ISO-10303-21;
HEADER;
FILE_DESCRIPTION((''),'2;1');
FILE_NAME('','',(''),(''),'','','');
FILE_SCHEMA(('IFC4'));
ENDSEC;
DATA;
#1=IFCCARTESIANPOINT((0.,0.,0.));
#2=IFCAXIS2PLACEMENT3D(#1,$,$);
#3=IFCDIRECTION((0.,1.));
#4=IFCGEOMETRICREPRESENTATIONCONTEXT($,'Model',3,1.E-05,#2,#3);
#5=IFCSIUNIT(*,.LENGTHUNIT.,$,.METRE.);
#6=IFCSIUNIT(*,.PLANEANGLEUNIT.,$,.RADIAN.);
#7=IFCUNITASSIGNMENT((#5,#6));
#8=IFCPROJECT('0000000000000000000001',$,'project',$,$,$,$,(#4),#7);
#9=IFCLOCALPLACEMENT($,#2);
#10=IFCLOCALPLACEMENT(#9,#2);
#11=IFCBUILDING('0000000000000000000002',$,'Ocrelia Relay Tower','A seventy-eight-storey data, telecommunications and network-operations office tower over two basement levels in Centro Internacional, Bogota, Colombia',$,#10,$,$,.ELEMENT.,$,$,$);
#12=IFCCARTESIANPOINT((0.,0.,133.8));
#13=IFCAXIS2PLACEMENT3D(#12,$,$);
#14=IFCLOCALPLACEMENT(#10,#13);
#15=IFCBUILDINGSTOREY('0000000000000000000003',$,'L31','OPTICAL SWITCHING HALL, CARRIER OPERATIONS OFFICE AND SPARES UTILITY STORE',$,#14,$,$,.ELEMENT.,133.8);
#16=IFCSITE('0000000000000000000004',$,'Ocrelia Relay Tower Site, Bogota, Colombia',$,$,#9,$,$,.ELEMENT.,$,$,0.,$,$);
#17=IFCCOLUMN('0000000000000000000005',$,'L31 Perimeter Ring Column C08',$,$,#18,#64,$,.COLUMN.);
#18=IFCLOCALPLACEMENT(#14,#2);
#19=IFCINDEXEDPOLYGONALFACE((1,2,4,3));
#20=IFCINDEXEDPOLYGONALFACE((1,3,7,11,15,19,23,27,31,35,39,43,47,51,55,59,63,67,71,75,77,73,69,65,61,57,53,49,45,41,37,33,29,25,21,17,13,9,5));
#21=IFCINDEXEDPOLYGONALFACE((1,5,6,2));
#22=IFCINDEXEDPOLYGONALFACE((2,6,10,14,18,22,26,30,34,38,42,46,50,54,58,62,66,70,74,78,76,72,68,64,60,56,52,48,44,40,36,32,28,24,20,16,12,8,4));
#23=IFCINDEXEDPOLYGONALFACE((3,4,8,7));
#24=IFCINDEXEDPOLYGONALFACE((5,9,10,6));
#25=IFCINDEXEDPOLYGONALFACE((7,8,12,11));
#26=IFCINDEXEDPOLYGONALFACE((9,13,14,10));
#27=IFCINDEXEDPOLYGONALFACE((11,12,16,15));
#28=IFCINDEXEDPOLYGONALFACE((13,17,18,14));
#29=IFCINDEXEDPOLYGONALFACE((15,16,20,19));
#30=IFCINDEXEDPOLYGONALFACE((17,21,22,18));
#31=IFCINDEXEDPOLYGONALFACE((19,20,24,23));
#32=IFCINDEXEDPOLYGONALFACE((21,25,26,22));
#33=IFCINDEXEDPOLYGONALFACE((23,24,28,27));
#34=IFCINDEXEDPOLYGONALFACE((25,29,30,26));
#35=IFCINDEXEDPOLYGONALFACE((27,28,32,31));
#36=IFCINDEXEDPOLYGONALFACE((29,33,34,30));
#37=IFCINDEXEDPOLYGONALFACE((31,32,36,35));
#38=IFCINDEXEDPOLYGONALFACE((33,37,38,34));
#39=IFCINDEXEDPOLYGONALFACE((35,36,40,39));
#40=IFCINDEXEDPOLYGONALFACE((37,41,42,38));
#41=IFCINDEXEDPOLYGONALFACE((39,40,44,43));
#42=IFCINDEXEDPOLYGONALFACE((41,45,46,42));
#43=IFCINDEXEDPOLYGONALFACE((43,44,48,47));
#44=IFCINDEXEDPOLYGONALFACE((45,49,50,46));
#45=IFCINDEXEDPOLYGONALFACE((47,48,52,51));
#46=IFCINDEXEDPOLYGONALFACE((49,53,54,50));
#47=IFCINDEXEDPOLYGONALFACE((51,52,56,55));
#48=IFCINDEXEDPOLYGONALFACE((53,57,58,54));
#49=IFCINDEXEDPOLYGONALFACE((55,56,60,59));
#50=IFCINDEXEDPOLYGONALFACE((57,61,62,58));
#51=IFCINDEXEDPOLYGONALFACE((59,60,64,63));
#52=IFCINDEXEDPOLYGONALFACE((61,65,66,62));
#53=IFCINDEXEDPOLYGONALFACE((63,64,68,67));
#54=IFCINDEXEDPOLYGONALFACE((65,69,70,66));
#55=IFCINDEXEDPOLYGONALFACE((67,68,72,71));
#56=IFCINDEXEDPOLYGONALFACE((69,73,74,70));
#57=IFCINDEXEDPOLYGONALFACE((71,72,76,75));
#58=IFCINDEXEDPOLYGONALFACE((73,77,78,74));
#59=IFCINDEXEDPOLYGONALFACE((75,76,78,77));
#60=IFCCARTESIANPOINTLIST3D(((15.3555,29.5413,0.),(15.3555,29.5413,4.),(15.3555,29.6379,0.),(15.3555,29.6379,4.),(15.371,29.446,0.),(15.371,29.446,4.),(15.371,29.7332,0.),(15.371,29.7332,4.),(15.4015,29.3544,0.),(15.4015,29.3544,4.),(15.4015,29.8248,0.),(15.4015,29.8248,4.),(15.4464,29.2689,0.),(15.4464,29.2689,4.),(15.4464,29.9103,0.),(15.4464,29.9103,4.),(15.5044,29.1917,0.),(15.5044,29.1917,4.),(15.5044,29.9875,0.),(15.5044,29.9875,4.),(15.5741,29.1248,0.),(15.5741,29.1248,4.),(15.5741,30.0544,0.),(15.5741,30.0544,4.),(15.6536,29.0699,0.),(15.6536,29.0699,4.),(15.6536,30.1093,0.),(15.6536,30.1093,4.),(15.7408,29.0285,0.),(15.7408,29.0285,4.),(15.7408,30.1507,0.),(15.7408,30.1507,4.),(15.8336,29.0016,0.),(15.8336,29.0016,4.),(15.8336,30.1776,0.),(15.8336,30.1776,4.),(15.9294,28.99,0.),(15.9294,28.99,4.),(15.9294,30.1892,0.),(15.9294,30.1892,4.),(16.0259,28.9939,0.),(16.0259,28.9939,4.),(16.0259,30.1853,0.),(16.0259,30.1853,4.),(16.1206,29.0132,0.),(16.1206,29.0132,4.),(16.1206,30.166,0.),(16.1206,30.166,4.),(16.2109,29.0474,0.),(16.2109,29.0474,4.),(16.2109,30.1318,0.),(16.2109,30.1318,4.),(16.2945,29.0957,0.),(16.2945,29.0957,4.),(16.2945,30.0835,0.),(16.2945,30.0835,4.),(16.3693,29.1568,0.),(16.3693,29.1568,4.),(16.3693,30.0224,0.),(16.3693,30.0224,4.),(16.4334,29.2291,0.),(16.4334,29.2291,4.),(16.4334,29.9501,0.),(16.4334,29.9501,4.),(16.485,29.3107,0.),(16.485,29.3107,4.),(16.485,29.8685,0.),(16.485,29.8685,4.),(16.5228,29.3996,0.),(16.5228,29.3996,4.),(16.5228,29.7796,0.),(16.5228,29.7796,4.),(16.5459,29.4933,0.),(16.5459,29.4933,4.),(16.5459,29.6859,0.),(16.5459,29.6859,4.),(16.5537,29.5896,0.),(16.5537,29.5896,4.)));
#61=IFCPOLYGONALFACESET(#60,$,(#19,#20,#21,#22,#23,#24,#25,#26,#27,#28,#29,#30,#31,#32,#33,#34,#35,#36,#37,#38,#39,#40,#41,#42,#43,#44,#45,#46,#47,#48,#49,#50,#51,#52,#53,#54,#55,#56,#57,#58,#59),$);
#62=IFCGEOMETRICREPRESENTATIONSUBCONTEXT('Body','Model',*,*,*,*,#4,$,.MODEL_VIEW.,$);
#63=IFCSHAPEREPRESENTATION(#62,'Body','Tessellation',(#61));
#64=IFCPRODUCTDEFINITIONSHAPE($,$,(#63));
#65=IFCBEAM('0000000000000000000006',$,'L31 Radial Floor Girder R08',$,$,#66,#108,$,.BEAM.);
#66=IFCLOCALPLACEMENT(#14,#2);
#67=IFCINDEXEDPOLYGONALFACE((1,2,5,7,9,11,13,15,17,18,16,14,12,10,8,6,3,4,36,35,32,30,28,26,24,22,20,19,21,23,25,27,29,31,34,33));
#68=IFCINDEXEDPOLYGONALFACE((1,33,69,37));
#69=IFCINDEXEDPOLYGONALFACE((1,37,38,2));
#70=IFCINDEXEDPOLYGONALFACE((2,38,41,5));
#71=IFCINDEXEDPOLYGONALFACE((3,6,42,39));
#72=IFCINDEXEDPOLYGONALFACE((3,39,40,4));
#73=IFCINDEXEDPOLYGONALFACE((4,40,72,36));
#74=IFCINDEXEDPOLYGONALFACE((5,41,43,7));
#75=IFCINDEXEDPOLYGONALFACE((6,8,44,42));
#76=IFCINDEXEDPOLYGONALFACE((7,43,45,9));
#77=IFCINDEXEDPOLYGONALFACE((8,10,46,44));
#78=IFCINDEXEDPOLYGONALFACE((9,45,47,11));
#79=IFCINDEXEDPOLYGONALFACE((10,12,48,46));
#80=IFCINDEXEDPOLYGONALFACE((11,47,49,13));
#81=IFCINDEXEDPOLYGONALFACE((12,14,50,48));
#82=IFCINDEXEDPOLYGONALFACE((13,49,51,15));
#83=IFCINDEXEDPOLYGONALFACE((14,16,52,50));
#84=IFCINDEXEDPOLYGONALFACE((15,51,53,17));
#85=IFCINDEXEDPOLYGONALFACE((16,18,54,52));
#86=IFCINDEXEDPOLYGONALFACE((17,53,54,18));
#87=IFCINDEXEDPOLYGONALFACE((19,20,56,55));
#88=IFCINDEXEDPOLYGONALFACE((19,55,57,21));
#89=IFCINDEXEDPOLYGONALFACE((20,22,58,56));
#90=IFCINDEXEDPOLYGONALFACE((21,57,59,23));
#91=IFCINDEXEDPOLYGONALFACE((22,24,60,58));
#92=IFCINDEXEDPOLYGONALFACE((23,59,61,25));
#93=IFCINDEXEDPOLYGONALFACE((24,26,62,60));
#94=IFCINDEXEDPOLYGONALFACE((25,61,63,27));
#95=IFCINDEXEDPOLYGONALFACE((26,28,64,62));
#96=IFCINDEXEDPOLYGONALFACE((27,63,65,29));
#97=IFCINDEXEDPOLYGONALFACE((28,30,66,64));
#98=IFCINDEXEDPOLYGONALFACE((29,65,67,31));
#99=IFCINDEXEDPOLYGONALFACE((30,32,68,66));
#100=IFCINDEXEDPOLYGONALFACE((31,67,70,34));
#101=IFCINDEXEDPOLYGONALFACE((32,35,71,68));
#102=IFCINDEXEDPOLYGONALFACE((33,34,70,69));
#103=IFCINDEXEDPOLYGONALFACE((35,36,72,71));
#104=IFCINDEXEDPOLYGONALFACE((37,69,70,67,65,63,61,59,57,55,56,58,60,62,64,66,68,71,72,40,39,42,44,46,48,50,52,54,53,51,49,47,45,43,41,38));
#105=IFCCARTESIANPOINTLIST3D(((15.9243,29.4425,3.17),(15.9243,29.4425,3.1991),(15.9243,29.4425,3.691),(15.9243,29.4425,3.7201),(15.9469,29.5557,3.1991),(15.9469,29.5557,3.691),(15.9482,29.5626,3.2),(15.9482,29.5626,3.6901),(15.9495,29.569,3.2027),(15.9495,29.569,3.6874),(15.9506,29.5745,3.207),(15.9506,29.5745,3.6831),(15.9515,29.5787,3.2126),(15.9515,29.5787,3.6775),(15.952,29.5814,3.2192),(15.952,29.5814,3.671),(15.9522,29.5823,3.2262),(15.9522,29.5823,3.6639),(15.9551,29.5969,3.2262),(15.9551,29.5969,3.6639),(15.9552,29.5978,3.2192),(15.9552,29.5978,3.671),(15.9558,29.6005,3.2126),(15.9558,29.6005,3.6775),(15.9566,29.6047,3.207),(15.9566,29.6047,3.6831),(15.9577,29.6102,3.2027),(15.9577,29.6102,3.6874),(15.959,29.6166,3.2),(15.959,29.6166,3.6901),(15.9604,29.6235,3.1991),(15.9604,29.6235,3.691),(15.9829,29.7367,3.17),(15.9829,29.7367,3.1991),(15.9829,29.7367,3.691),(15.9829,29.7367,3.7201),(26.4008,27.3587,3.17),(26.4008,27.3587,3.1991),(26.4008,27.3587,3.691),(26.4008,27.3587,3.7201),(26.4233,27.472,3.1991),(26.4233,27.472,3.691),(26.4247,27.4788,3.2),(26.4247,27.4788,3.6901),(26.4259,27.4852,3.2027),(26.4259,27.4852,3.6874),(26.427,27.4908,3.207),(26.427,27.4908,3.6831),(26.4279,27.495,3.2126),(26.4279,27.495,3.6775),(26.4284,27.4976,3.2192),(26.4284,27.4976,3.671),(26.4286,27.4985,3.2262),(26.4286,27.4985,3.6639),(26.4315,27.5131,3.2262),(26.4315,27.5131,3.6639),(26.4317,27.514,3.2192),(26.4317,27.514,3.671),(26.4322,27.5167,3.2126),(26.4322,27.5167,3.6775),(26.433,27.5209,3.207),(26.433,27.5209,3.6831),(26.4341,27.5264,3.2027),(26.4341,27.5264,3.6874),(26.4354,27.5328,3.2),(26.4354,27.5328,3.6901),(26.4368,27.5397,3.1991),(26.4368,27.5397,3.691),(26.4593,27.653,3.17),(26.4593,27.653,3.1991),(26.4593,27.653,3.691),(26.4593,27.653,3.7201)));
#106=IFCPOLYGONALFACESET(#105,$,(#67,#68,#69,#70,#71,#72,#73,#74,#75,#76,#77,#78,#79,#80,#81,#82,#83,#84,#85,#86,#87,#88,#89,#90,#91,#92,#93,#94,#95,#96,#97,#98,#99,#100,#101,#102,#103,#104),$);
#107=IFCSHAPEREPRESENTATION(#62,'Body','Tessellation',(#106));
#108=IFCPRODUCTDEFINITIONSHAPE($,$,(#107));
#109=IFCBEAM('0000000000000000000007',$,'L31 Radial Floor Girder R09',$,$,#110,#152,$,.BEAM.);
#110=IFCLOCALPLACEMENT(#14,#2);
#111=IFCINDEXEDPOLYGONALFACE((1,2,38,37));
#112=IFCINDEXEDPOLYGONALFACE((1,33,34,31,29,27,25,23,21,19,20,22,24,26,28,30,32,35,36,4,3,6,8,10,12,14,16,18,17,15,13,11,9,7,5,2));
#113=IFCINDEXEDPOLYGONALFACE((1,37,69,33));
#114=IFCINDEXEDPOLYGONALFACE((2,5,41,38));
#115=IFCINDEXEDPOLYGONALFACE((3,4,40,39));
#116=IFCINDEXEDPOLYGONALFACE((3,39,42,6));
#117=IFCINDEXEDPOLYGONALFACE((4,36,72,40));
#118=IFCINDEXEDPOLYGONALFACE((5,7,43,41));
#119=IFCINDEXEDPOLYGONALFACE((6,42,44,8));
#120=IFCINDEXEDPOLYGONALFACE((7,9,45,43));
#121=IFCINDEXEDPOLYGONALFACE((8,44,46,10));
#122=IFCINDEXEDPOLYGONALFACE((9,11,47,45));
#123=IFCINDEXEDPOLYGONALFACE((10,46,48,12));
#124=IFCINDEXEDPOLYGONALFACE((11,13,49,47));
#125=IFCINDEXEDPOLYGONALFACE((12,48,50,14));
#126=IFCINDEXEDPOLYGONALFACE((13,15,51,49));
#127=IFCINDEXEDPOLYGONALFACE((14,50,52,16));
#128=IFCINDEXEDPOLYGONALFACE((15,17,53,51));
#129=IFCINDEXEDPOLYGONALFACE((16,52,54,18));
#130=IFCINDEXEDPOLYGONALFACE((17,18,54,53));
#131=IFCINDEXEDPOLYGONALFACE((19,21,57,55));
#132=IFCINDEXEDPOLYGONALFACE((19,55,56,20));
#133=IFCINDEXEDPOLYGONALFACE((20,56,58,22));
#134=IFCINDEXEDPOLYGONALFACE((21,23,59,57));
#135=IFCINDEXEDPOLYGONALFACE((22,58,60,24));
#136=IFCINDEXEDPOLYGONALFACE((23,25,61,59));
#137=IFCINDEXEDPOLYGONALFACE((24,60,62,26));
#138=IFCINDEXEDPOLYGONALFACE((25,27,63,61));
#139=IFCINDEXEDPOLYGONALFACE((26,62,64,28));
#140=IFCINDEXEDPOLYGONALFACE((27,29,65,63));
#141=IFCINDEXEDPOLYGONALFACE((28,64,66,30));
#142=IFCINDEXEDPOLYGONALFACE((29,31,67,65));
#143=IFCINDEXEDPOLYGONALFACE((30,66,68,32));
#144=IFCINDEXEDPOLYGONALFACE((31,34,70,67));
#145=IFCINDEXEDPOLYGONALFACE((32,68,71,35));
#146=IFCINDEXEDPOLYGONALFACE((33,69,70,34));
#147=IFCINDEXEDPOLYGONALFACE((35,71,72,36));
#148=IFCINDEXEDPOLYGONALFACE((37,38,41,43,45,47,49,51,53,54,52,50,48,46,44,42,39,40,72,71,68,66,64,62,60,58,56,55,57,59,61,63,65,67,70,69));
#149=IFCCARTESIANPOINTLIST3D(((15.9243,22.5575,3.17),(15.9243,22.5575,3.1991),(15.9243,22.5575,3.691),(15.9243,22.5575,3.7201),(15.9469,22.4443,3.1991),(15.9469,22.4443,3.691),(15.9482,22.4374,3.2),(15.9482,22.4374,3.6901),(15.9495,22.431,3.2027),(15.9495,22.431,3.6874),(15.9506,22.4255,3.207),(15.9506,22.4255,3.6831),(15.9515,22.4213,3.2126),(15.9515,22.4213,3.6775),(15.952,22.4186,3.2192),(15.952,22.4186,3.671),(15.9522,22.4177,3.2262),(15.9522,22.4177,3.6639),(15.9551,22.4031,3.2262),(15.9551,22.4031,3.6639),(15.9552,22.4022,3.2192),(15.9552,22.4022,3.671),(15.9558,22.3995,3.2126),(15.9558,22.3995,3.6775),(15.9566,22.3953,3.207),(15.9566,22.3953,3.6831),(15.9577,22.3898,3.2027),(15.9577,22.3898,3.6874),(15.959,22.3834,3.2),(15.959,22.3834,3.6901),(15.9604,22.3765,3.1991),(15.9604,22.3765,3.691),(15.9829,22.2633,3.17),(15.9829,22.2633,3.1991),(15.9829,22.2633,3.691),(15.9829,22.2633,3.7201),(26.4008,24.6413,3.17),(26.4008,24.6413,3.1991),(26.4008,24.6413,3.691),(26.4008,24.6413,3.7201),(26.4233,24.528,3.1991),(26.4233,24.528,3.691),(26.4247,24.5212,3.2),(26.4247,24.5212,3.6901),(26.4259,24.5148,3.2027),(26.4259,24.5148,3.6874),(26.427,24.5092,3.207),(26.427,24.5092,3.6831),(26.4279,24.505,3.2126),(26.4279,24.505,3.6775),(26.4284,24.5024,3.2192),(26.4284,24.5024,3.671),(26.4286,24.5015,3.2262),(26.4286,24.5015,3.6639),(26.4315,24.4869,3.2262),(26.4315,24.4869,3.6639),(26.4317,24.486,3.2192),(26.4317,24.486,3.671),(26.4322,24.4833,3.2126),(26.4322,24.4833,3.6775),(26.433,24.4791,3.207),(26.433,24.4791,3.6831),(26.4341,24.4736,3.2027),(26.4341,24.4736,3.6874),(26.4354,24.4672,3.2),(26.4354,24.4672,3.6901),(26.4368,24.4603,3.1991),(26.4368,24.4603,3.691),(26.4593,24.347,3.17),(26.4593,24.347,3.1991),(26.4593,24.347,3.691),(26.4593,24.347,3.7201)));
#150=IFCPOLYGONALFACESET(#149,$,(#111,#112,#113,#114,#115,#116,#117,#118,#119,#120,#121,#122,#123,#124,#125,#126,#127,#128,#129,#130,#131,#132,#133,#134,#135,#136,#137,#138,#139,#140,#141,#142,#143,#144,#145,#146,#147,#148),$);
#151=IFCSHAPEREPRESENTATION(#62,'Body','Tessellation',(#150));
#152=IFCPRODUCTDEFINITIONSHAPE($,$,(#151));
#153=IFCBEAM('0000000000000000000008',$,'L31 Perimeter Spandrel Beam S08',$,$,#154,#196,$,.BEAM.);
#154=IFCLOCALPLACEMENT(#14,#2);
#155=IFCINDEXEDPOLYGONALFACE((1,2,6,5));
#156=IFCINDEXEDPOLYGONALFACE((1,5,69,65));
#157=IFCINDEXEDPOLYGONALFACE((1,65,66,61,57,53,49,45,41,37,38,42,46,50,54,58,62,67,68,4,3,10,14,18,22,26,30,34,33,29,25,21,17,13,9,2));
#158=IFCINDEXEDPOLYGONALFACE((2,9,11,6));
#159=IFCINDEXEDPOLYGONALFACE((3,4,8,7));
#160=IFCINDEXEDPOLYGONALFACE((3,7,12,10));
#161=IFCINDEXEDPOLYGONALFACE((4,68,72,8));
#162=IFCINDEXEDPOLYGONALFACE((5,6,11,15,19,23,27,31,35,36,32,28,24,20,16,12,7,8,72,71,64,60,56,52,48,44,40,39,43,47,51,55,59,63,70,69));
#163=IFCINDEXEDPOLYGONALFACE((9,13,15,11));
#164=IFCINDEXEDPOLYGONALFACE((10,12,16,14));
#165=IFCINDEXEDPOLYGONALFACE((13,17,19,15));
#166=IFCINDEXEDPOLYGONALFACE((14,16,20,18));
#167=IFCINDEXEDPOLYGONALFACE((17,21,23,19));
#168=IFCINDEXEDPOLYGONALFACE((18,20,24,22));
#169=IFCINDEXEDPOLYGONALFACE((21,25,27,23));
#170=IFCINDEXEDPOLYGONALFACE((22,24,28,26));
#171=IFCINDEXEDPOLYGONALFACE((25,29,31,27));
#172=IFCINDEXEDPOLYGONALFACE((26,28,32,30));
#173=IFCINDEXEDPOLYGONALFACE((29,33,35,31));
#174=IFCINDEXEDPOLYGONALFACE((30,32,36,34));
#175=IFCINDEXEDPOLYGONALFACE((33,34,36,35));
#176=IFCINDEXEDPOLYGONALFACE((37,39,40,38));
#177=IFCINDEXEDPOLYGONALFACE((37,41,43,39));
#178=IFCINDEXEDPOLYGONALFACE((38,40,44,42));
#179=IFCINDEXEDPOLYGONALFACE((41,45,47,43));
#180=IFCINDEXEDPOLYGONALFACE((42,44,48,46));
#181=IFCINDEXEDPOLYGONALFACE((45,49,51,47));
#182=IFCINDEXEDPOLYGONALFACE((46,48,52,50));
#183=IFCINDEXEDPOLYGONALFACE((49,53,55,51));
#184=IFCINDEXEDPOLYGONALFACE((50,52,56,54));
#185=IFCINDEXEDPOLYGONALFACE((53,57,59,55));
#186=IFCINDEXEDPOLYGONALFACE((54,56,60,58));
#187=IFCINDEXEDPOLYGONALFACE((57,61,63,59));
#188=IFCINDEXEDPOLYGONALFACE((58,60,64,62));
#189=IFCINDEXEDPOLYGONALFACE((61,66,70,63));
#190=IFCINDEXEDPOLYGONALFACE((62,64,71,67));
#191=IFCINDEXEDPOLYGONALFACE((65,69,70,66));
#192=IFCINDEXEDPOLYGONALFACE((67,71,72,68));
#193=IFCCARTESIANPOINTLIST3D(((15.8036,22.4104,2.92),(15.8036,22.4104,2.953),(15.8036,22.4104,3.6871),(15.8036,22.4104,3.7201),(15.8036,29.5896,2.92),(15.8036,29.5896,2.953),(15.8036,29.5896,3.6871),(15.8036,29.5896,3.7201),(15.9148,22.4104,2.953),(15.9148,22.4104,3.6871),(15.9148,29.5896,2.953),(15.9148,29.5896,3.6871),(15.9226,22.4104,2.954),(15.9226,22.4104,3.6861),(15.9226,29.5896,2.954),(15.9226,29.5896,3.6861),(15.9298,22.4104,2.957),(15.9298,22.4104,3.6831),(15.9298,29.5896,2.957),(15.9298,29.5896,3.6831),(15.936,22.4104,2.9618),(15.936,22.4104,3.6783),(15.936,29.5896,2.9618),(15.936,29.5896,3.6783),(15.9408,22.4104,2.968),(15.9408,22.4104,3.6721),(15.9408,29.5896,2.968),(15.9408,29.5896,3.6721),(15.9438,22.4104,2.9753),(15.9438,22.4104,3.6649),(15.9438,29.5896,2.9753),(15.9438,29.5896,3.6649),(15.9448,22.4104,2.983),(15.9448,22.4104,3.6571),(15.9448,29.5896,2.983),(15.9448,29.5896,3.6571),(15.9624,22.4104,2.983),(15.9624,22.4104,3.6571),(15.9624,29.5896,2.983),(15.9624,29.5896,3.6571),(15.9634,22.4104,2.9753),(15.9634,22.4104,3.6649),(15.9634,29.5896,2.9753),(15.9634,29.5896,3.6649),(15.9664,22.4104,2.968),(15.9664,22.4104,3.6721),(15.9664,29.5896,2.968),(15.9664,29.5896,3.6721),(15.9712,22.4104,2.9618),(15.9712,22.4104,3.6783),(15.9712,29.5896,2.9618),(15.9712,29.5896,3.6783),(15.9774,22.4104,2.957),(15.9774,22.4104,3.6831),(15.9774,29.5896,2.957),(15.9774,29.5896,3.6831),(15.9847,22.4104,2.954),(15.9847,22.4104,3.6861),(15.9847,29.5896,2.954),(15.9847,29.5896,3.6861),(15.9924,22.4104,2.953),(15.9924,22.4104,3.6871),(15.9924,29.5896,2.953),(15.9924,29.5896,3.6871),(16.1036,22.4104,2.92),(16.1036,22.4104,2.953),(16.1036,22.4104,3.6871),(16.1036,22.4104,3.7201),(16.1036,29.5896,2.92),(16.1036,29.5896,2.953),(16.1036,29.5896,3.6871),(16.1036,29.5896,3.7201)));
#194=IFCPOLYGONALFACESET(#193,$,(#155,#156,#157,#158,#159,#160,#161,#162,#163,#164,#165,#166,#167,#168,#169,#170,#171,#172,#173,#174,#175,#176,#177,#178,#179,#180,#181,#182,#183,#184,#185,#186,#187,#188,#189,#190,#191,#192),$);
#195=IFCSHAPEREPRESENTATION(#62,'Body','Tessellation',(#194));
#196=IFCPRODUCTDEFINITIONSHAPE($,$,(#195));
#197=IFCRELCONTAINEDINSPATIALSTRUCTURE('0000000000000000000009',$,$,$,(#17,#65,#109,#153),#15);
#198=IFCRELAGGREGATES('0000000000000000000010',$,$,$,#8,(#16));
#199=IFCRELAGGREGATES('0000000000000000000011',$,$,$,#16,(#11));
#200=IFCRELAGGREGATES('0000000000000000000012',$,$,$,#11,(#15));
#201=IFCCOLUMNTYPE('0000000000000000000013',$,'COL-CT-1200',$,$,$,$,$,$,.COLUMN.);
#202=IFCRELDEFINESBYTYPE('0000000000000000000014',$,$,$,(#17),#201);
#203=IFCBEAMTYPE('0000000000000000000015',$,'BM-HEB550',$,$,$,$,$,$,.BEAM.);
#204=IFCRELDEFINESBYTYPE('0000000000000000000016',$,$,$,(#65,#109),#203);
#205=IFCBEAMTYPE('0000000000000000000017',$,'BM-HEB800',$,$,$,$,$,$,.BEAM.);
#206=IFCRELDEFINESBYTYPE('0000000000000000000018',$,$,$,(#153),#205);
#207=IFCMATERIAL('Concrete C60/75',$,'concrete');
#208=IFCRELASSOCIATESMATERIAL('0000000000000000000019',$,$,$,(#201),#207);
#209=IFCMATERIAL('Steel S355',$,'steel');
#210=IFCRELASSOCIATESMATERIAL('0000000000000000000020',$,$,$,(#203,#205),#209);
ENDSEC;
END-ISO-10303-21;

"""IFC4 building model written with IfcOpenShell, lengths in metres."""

from ifc_helpers import new_model, si_unit, direction, frame, origin, origin_2d, place, context, subcontext, project, spatial, circle, i_section, extrude, material, material_profile, profile_set, type_object, element, save


model = new_model("IFC4")

# Units and contexts
model_context = context("Model", 3, precision=1e-05, world=origin(), true_north=direction((0.0, 1.0)))
body_context = subcontext(model_context, "Body", "Model", "MODEL_VIEW")
ifc_project = project(units=[si_unit("LENGTHUNIT", "METRE"), si_unit("PLANEANGLEUNIT", "RADIAN")], contexts=[model_context])

# Site, building, storey
site_placement = place(None, origin())
site = spatial("IfcSite", under=ifc_project, at=site_placement, Name="Ocrelia Relay Tower Site, Bogota, Colombia", CompositionType="ELEMENT", RefElevation=0.0)
building_placement = place(site_placement, origin())
building = spatial("IfcBuilding", under=site, at=building_placement, Name="Ocrelia Relay Tower", Description="A seventy-eight-storey data, telecommunications and network-operations office tower over two basement levels in Centro Internacional, Bogota, Colombia", CompositionType="ELEMENT")
storey_placement = place(building_placement, frame((0.0, 0.0, 133.8)))
storey = spatial("IfcBuildingStorey", under=building, at=storey_placement, Name="L31", Description="OPTICAL SWITCHING HALL, CARRIER OPERATIONS OFFICE AND SPARES UTILITY STORE", CompositionType="ELEMENT", Elevation=133.8)

# Column
ifc_material_1 = material(Name="Concrete C60/75", Category="concrete")
ifc_material_profile_1 = material_profile(ifc_material_1, circle(Radius=0.6001, at=origin_2d()), Name="RC-CIR-1200")
ifc_profile_set_1 = profile_set([ifc_material_profile_1], Name="Concrete C60/75")
column_type = type_object("IfcColumnType", Name="COL-CT-1200", PredefinedType="COLUMN", material=ifc_profile_set_1)
column_placement = place(storey_placement, frame((15.9536, 29.5896, 0.0), z_axis=(0.0, 0.0, 1.0), x_axis=(1.0, 0.0, 0.0)))
element("IfcColumn", 1, at=column_placement, inside=storey, type_object=column_type, Name="L31 Perimeter Ring Column C08", PredefinedType="COLUMN", context=body_context, shape_type="SweptSolid", body=[
    extrude(circle(Radius=0.6001, at=origin_2d()), origin(), (0.0, 0.0, 1.0), 4.0),
])

# Beams
ifc_material_2 = material(Name="Steel S355", Category="steel")
ifc_material_profile_2 = material_profile(ifc_material_2, i_section(OverallWidth=0.3, OverallDepth=0.55, WebThickness=0.0149, FlangeThickness=0.0291, FilletRadius=0.0271, at=origin_2d()), Name="HEB 550")
ifc_profile_set_2 = profile_set([ifc_material_profile_2], Name="Steel S355")
beam_type_1 = type_object("IfcBeamType", Name="BM-HEB550", PredefinedType="BEAM", material=ifc_profile_set_2)
for number, where, z_axis, x_axis, name in (
    (2, (15.9536, 29.5896, 3.4451), (0.980788, -0.195079, 0.0), (0.195079, 0.980788, 0.0), "L31 Radial Floor Girder R08"),
    (3, (15.9536, 22.4104, 3.4451), (0.980788, 0.195079, 0.0), (-0.195079, 0.980788, 0.0), "L31 Radial Floor Girder R09"),
):
    element("IfcBeam", number, at=place(storey_placement, frame(where, z_axis=z_axis, x_axis=x_axis)), inside=storey, type_object=beam_type_1, Name=name, PredefinedType="BEAM", context=body_context, shape_type="SweptSolid", body=[
        extrude(i_section(OverallWidth=0.3, OverallDepth=0.55, WebThickness=0.0149, FlangeThickness=0.0291, FilletRadius=0.0271, at=origin_2d()), origin(), (0.0, 0.0, 1.0), 10.6816),
    ])
ifc_material_profile_3 = material_profile(ifc_material_2, i_section(OverallWidth=0.3, OverallDepth=0.8, WebThickness=0.0176, FlangeThickness=0.033, FilletRadius=0.03, at=origin_2d()), Name="HEB 800")
ifc_profile_set_3 = profile_set([ifc_material_profile_3], Name="Steel S355")
beam_type_2 = type_object("IfcBeamType", Name="BM-HEB800", PredefinedType="BEAM", material=ifc_profile_set_3)
for number, where, z_axis, x_axis, name in (
    (4, (15.9536, 29.5896, 3.3201), (0.0, -1.0, 0.0), (1.0, 0.0, 0.0), "L31 Perimeter Spandrel Beam S08"),
):
    element("IfcBeam", number, at=place(storey_placement, frame(where, z_axis=z_axis, x_axis=x_axis)), inside=storey, type_object=beam_type_2, Name=name, PredefinedType="BEAM", context=body_context, shape_type="SweptSolid", body=[
        extrude(i_section(OverallWidth=0.3, OverallDepth=0.8, WebThickness=0.0176, FlangeThickness=0.033, FilletRadius=0.03, at=origin_2d()), origin(), (0.0, 0.0, 1.0), 7.1792),
    ])

save(model, "model.ifc")
